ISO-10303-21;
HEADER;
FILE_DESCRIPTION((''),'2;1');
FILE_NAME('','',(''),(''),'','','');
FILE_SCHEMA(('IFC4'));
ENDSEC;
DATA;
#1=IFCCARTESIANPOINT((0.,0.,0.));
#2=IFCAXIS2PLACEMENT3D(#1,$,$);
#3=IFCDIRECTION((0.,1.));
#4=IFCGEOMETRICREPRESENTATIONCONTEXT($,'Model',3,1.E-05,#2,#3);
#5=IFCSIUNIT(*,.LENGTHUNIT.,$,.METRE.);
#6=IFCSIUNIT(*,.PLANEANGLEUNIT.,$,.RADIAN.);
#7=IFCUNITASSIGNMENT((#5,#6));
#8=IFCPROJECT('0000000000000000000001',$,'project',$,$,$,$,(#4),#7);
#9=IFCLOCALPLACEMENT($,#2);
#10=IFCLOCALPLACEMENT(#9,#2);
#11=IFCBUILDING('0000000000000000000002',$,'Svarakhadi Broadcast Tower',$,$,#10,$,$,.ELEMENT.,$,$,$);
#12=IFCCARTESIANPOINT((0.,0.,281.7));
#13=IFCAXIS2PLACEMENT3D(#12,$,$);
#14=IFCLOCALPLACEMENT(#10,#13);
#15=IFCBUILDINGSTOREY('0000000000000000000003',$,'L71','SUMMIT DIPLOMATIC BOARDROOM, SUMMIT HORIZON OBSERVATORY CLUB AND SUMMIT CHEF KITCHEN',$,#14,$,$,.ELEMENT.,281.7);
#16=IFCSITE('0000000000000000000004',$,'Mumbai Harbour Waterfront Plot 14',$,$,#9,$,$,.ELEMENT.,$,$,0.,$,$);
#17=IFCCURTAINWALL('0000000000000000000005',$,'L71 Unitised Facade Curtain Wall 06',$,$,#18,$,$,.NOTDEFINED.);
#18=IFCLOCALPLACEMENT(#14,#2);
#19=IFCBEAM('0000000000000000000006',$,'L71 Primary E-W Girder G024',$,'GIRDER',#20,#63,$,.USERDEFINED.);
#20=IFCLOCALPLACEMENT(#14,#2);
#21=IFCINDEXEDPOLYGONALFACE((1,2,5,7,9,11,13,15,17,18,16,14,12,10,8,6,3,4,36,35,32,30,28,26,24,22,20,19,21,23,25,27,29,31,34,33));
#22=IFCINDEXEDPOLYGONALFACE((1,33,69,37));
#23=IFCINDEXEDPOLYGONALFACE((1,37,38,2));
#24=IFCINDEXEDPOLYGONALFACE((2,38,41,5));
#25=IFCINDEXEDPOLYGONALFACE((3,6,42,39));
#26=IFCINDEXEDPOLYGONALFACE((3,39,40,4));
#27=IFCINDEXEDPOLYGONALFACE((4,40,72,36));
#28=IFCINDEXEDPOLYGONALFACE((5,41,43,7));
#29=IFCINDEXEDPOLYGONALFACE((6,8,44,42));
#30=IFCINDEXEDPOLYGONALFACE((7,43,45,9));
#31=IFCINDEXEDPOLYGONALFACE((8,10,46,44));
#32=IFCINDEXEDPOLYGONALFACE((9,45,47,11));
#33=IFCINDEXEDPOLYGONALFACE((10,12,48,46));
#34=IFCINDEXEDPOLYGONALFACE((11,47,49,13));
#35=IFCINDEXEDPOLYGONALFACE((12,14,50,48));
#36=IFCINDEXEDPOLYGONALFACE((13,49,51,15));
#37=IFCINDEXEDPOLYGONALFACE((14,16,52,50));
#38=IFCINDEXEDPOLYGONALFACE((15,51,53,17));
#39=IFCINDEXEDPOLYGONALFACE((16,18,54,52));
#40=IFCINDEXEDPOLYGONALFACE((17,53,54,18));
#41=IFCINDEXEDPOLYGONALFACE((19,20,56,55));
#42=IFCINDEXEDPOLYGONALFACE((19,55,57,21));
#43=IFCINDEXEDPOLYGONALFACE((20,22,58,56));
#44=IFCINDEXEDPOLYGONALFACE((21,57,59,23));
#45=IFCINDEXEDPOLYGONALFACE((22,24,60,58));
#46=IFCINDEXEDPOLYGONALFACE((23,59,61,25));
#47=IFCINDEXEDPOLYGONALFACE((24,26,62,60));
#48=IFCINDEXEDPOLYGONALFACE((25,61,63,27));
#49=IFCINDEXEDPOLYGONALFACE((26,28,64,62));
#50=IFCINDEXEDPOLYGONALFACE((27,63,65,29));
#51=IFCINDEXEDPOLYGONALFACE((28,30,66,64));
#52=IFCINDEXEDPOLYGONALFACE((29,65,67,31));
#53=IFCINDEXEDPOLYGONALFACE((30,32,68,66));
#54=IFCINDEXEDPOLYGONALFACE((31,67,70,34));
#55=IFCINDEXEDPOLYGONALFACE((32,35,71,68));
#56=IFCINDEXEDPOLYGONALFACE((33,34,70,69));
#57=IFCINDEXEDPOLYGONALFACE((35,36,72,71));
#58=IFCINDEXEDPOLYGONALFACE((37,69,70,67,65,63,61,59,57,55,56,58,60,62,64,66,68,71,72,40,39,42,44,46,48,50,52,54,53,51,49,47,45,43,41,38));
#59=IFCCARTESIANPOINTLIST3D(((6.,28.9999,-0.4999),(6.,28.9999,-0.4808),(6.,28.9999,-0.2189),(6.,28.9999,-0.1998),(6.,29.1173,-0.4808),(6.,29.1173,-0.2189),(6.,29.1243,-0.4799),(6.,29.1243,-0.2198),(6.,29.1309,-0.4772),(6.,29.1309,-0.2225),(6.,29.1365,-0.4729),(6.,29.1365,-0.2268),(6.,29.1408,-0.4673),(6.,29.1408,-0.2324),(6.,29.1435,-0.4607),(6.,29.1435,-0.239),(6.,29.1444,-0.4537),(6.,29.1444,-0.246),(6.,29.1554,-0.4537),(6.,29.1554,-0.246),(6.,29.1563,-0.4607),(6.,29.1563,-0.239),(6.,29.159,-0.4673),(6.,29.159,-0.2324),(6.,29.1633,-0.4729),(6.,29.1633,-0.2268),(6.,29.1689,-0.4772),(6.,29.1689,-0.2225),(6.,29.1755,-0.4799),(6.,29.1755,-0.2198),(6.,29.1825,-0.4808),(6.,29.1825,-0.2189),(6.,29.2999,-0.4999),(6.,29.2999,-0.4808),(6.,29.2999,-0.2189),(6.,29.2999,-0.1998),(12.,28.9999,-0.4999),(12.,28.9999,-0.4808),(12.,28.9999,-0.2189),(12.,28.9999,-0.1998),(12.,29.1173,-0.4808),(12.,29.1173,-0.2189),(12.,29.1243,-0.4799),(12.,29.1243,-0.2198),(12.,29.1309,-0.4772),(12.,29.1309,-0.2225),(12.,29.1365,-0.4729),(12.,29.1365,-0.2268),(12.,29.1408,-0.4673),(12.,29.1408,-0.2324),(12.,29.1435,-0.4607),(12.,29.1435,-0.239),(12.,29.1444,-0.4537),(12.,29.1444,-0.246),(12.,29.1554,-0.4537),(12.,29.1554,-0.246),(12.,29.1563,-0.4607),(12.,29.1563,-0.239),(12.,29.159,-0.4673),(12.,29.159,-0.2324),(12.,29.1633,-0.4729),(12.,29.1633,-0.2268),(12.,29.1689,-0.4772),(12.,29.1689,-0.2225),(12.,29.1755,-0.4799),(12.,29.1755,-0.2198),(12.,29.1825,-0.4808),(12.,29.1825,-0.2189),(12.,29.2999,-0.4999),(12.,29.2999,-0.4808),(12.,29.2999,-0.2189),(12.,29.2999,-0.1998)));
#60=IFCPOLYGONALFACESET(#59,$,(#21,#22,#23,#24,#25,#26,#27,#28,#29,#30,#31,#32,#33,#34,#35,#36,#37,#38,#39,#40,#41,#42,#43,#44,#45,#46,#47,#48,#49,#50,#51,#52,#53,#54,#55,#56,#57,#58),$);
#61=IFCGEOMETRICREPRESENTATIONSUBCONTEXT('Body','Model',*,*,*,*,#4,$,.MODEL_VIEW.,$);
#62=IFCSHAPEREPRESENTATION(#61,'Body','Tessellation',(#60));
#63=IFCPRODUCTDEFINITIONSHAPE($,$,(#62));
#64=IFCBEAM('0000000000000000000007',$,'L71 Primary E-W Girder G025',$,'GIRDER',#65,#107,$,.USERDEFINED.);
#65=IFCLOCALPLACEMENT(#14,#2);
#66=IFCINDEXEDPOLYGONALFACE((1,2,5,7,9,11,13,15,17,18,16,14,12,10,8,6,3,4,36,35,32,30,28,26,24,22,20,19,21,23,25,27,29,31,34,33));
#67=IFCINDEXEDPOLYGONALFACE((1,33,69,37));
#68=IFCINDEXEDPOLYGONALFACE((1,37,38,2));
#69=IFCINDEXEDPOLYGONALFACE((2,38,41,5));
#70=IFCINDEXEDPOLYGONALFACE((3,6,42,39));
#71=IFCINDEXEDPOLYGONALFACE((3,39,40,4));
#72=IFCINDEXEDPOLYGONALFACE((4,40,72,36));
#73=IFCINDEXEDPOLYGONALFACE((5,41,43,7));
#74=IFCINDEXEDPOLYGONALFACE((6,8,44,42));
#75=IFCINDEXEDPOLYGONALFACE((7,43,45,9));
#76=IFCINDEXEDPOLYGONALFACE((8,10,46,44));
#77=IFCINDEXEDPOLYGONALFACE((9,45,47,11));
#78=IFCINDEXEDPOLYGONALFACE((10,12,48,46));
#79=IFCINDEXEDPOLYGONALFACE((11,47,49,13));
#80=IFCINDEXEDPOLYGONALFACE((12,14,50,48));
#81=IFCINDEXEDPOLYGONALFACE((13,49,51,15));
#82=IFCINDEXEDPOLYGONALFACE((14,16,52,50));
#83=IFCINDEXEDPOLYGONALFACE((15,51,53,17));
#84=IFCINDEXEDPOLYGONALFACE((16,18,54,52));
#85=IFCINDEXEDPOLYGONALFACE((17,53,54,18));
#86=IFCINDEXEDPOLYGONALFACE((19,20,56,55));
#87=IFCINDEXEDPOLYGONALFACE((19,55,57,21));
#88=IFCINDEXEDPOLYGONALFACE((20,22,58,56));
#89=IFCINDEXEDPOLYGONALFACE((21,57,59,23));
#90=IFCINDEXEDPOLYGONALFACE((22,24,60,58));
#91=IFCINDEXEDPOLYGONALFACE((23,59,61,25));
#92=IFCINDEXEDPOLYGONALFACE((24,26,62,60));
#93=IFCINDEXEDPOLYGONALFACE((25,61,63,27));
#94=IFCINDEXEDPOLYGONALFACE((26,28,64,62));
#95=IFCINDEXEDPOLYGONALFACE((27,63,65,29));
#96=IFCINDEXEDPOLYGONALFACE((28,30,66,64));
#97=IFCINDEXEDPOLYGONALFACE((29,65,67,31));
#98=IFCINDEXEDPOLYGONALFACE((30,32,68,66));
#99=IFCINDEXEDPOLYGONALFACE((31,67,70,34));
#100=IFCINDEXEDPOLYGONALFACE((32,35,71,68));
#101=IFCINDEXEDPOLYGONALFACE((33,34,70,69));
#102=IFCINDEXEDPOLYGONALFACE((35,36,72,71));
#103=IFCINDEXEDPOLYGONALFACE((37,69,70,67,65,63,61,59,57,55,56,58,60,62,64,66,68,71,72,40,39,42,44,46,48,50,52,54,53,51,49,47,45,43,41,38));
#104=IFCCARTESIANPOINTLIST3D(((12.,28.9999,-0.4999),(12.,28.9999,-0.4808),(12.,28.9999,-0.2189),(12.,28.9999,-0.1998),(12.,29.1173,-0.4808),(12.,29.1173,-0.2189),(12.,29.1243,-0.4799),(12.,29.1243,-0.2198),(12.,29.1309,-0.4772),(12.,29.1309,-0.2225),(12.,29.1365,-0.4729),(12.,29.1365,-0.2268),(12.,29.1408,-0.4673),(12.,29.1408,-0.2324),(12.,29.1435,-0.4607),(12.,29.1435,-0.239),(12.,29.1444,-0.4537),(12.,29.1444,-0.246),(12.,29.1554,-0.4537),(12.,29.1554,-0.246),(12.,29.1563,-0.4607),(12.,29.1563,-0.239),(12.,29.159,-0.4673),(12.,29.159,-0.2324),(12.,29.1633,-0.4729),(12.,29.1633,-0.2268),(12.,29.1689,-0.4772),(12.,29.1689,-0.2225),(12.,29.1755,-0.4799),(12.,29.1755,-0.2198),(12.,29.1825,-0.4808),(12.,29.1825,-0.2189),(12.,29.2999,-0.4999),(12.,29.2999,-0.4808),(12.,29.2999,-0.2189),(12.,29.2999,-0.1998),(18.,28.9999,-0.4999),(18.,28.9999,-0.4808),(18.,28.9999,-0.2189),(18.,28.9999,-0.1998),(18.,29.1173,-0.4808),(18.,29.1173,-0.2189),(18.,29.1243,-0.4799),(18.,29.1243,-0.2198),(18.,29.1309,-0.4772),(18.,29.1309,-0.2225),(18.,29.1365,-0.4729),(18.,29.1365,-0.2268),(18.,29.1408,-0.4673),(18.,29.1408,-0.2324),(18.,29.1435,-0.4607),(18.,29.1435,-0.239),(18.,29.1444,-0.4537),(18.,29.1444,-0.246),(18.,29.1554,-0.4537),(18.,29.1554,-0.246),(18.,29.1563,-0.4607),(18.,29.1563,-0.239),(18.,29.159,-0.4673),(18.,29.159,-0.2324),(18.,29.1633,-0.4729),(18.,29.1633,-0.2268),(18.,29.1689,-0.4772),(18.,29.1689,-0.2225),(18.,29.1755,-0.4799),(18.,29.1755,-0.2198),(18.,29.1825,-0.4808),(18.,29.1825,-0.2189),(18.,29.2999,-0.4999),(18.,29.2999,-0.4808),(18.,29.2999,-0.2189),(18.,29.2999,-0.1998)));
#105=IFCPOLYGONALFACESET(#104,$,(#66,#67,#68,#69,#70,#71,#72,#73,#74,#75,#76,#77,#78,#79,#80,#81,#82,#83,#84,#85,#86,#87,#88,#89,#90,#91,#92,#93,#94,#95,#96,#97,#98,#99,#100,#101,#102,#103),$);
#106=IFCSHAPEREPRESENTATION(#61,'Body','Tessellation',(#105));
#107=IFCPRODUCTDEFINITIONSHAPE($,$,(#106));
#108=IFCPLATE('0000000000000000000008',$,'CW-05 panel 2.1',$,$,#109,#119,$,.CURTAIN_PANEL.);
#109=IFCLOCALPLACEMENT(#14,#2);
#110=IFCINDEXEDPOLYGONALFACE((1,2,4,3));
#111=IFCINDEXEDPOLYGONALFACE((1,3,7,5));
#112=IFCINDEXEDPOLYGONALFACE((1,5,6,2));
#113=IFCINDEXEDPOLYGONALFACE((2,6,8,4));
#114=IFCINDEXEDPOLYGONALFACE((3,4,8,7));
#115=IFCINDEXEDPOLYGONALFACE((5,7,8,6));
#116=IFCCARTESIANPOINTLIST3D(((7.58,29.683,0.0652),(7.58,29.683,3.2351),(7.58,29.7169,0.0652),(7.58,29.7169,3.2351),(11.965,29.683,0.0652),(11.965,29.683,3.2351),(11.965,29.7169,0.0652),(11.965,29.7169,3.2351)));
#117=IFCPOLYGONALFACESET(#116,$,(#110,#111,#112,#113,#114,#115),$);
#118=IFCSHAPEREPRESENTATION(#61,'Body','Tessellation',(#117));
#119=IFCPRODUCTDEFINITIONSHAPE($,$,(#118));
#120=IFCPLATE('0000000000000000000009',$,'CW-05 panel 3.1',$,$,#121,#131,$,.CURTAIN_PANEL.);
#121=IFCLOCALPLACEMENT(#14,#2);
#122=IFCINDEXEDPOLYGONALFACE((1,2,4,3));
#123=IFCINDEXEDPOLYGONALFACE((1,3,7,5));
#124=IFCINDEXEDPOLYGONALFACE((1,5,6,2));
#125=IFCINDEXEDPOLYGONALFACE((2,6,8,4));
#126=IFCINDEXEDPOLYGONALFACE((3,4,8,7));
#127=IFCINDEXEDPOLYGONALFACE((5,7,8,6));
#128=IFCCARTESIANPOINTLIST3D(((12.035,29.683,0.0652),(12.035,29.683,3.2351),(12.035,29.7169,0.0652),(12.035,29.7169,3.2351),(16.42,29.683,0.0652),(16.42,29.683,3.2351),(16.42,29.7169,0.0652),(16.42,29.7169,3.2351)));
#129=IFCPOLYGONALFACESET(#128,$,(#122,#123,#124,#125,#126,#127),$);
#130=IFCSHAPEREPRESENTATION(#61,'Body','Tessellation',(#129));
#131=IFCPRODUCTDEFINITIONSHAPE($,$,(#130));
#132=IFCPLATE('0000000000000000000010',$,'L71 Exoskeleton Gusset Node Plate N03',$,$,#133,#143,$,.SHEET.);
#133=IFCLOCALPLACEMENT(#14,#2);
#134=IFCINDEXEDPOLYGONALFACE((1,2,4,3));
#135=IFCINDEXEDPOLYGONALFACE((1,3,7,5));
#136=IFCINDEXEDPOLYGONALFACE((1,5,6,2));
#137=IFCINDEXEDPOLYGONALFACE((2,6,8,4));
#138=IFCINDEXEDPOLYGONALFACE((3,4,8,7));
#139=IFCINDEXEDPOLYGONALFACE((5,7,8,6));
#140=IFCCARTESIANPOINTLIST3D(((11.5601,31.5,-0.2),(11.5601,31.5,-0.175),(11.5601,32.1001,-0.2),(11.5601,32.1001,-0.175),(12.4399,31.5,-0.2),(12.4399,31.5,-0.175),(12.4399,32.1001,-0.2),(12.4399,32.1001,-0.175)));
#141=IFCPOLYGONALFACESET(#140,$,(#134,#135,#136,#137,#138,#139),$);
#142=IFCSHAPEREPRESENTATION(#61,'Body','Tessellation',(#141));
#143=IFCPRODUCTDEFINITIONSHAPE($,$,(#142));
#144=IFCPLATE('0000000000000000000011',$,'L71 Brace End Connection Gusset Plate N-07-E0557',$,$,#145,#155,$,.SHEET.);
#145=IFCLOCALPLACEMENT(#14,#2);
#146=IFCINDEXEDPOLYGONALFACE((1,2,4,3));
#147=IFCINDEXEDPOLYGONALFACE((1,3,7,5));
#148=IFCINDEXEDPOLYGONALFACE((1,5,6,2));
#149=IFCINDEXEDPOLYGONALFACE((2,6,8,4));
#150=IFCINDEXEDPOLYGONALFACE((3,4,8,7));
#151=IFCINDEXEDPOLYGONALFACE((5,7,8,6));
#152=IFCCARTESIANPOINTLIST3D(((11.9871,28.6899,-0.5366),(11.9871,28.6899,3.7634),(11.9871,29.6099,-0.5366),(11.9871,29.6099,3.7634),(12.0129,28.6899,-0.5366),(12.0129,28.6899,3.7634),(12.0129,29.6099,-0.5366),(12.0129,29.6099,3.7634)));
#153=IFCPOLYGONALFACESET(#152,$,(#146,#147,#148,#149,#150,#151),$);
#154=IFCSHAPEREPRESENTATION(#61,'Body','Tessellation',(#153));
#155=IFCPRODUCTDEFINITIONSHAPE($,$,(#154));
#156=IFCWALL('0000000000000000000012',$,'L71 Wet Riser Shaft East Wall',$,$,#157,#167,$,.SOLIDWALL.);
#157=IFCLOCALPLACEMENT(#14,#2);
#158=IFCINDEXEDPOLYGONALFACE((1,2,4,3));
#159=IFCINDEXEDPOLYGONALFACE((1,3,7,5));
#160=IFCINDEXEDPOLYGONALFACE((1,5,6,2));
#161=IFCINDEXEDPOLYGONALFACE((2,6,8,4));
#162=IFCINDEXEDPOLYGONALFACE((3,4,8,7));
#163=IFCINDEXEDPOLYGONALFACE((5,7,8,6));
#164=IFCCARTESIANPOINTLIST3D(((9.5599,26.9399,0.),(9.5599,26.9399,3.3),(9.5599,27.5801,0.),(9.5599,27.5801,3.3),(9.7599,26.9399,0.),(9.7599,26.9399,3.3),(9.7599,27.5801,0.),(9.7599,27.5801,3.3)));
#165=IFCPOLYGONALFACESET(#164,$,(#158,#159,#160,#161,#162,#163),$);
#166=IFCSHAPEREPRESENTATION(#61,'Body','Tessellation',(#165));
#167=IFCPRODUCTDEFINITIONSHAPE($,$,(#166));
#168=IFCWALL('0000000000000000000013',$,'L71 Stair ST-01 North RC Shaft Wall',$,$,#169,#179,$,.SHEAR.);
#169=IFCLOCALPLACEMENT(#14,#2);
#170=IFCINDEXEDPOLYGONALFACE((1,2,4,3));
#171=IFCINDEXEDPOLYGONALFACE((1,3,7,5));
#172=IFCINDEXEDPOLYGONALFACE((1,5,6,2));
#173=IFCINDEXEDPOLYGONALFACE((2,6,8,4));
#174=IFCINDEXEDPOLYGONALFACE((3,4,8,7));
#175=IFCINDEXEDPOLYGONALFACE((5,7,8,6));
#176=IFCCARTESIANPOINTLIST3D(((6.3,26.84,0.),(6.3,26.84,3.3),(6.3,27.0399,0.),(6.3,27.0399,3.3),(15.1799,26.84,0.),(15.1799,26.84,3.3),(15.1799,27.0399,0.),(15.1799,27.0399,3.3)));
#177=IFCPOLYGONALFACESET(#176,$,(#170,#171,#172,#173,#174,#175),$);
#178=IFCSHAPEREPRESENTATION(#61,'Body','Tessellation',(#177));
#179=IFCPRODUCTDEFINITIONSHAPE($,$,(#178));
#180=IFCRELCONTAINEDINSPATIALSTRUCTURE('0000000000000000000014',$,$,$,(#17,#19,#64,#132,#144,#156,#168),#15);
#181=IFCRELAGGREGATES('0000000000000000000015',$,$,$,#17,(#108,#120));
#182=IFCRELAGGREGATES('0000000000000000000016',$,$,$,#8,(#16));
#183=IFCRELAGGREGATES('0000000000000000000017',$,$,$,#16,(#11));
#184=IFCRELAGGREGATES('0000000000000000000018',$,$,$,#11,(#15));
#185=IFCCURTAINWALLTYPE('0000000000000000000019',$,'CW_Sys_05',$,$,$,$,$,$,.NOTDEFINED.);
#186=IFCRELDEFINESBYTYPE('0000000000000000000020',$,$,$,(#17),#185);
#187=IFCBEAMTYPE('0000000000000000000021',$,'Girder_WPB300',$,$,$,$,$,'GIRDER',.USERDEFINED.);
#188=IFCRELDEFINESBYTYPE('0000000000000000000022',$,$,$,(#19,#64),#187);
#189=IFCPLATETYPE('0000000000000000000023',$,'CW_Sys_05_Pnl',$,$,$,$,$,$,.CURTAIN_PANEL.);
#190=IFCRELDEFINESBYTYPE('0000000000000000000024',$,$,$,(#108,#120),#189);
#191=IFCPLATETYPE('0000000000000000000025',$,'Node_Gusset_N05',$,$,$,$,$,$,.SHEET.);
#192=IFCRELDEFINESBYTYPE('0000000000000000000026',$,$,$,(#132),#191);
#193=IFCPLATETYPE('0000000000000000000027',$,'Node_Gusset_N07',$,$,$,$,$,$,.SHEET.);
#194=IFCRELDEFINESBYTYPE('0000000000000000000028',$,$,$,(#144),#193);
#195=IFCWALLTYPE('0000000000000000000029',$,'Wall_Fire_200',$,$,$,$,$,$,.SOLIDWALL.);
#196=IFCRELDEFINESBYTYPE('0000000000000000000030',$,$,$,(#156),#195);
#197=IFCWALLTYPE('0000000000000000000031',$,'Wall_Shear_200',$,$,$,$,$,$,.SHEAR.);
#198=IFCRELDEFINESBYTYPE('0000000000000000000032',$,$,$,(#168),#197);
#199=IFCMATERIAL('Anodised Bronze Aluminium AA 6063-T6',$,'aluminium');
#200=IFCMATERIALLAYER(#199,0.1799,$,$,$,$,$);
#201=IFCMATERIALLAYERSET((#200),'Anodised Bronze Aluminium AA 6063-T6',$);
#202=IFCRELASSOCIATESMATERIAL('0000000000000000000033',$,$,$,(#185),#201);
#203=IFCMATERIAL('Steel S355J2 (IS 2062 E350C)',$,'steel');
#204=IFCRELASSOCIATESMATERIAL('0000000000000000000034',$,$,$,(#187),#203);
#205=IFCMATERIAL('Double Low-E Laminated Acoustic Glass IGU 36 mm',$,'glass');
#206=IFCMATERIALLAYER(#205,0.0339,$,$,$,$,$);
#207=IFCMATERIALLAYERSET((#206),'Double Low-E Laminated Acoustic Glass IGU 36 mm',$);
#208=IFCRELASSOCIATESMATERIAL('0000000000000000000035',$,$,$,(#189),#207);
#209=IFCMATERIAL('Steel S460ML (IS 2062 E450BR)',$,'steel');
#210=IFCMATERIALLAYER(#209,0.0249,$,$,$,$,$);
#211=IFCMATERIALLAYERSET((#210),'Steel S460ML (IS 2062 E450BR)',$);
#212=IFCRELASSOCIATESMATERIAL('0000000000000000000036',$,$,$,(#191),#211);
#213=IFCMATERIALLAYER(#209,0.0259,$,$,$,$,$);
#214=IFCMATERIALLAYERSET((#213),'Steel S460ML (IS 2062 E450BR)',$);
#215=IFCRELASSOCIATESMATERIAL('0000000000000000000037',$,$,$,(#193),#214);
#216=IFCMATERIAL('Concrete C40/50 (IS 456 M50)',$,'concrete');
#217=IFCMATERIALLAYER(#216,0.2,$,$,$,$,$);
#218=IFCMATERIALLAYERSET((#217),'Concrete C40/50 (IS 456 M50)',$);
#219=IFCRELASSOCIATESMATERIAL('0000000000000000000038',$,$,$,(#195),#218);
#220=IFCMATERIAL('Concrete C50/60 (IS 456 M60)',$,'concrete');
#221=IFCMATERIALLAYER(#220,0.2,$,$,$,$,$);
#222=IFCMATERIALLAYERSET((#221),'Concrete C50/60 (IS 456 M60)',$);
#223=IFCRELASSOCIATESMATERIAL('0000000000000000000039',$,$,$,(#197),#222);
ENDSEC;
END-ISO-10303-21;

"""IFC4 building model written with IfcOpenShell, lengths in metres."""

from ifc_helpers import new_model, si_unit, direction, frame, frame_2d, origin, origin_2d, place, context, subcontext, project, spatial, rectangle, i_section, extrude, material, layer, layer_set, material_profile, profile_set, type_object, element, aggregate, save


model = new_model("IFC4")

# Units and contexts
model_context = context("Model", 3, precision=1e-05, world=origin(), true_north=direction((0.0, 1.0)))
body_context = subcontext(model_context, "Body", "Model", "MODEL_VIEW")
ifc_project = project(units=[si_unit("LENGTHUNIT", "METRE"), si_unit("PLANEANGLEUNIT", "RADIAN")], contexts=[model_context])

# Site, building, storey
site_placement = place(None, origin())
site = spatial("IfcSite", under=ifc_project, at=site_placement, Name="Mumbai Harbour Waterfront Plot 14", CompositionType="ELEMENT", RefElevation=0.0)
building_placement = place(site_placement, origin())
building = spatial("IfcBuilding", under=site, at=building_placement, Name="Svarakhadi Broadcast Tower", CompositionType="ELEMENT")
storey_placement = place(building_placement, frame((0.0, 0.0, 281.7)))
storey = spatial("IfcBuildingStorey", under=building, at=storey_placement, Name="L71", Description="SUMMIT DIPLOMATIC BOARDROOM, SUMMIT HORIZON OBSERVATORY CLUB AND SUMMIT CHEF KITCHEN", CompositionType="ELEMENT", Elevation=281.7)

# Shared definitions
ifc_material_1 = material(Name="Steel S460ML (IS 2062 E450BR)", Category="steel")

# Curtain wall
ifc_material_2 = material(Name="Anodised Bronze Aluminium AA 6063-T6", Category="aluminium")
ifc_layer_1 = layer(ifc_material_2, 0.1799)
ifc_layer_set_1 = layer_set([ifc_layer_1], Name="Anodised Bronze Aluminium AA 6063-T6")
curtain_wall_type = type_object("IfcCurtainWallType", Name="CW_Sys_05", PredefinedType="NOTDEFINED", material=ifc_layer_set_1)
curtain_wall_placement = place(storey_placement, origin())
curtain_wall = element("IfcCurtainWall", 1, at=curtain_wall_placement, inside=storey, type_object=curtain_wall_type, Name="L71 Unitised Facade Curtain Wall 06", PredefinedType="NOTDEFINED")

# Beams
ifc_material_3 = material(Name="Steel S355J2 (IS 2062 E350C)", Category="steel")
ifc_material_profile_1 = material_profile(ifc_material_3, i_section(OverallWidth=0.3, OverallDepth=0.3, WebThickness=0.011, FlangeThickness=0.019, FilletRadius=0.0271, at=origin_2d()), Name="WPB 300x300x117")
ifc_profile_set_1 = profile_set([ifc_material_profile_1], Name="Steel S355J2 (IS 2062 E350C)")
beam_type = type_object("IfcBeamType", Name="Girder_WPB300", ElementType="GIRDER", PredefinedType="USERDEFINED", material=ifc_profile_set_1)
for number, where, z_axis, x_axis, name in (
    (2, (6.0, 29.1499, -0.3499), (1.0, 0.0, 0.0), (0.0, 1.0, 0.0), "L71 Primary E-W Girder G024"),
    (3, (12.0, 29.1499, -0.3499), (1.0, 0.0, 0.0), (0.0, 1.0, 0.0), "L71 Primary E-W Girder G025"),
):
    element("IfcBeam", number, at=place(storey_placement, frame(where, z_axis=z_axis, x_axis=x_axis)), inside=storey, type_object=beam_type, Name=name, ObjectType="GIRDER", PredefinedType="USERDEFINED", context=body_context, shape_type="SweptSolid", body=[
        extrude(i_section(OverallWidth=0.3, OverallDepth=0.3, WebThickness=0.011, FlangeThickness=0.019, FilletRadius=0.0271, at=origin_2d()), origin(), (0.0, 0.0, 1.0), 6.0),
    ])

# Plates
ifc_material_4 = material(Name="Double Low-E Laminated Acoustic Glass IGU 36 mm", Category="glass")
ifc_layer_2 = layer(ifc_material_4, 0.0339)
ifc_layer_set_2 = layer_set([ifc_layer_2], Name="Double Low-E Laminated Acoustic Glass IGU 36 mm")
plate_type_1 = type_object("IfcPlateType", Name="CW_Sys_05_Pnl", PredefinedType="CURTAIN_PANEL", material=ifc_layer_set_2)
plate_1_placement = place(storey_placement, frame((9.7725, 29.7, 0.0652), z_axis=(0.0, 0.0, 1.0), x_axis=(1.0, 0.0, 0.0)))
plate_1 = element("IfcPlate", 4, at=plate_1_placement, type_object=plate_type_1, Name="CW-05 panel 2.1", PredefinedType="CURTAIN_PANEL", context=body_context, shape_type="SweptSolid", body=[
    extrude(rectangle(XDim=4.385, YDim=0.0339, at=origin_2d()), origin(), (0.0, 0.0, 1.0), 3.1699),
])
plate_2_placement = place(storey_placement, frame((14.2275, 29.7, 0.0652), z_axis=(0.0, 0.0, 1.0), x_axis=(1.0, 0.0, 0.0)))
plate_2 = element("IfcPlate", 5, at=plate_2_placement, type_object=plate_type_1, Name="CW-05 panel 3.1", PredefinedType="CURTAIN_PANEL", context=body_context, shape_type="SweptSolid", body=[
    extrude(rectangle(XDim=4.385, YDim=0.0339, at=origin_2d()), origin(), (0.0, 0.0, 1.0), 3.1699),
])
aggregate(curtain_wall, [plate_1, plate_2])

# Plates
ifc_layer_3 = layer(ifc_material_1, 0.0249)
ifc_layer_set_3 = layer_set([ifc_layer_3], Name="Steel S460ML (IS 2062 E450BR)")
plate_type_2 = type_object("IfcPlateType", Name="Node_Gusset_N05", PredefinedType="SHEET", material=ifc_layer_set_3)
plate_3_placement = place(storey_placement, frame((12.0, 31.8, -0.2), z_axis=(0.0, 0.0, 1.0), x_axis=(1.0, 0.0, 0.0)))
element("IfcPlate", 6, at=plate_3_placement, inside=storey, type_object=plate_type_2, Name="L71 Exoskeleton Gusset Node Plate N03", PredefinedType="SHEET", context=body_context, shape_type="SweptSolid", body=[
    extrude(rectangle(XDim=0.8799, YDim=0.6001, at=origin_2d()), origin(), (0.0, 0.0, 1.0), 0.0249),
])
ifc_layer_4 = layer(ifc_material_1, 0.0259)
ifc_layer_set_4 = layer_set([ifc_layer_4], Name="Steel S460ML (IS 2062 E450BR)")
plate_type_3 = type_object("IfcPlateType", Name="Node_Gusset_N07", PredefinedType="SHEET", material=ifc_layer_set_4)
plate_4_placement = place(storey_placement, frame((12.0, 29.1499, -0.5366), z_axis=(0.0, 0.0, 1.0), x_axis=(0.0, 1.0, 0.0)))
element("IfcPlate", 7, at=plate_4_placement, inside=storey, type_object=plate_type_3, Name="L71 Brace End Connection Gusset Plate N-07-E0557", PredefinedType="SHEET", context=body_context, shape_type="SweptSolid", body=[
    extrude(rectangle(XDim=0.9199, YDim=0.0259, at=origin_2d()), origin(), (0.0, 0.0, 1.0), 4.3),
])

# Walls
ifc_material_5 = material(Name="Concrete C40/50 (IS 456 M50)", Category="concrete")
ifc_layer_5 = layer(ifc_material_5, 0.2)
ifc_layer_set_5 = layer_set([ifc_layer_5], Name="Concrete C40/50 (IS 456 M50)")
wall_type_1 = type_object("IfcWallType", Name="Wall_Fire_200", PredefinedType="SOLIDWALL", material=ifc_layer_set_5)
wall_1_placement = place(storey_placement, frame((9.6599, 26.9399, 0.0), z_axis=(0.0, 0.0, 1.0), x_axis=(0.0, 1.0, 0.0)))
element("IfcWall", 8, at=wall_1_placement, inside=storey, type_object=wall_type_1, Name="L71 Wet Riser Shaft East Wall", PredefinedType="SOLIDWALL", context=body_context, shape_type="SweptSolid", body=[
    extrude(rectangle(XDim=0.6401, YDim=0.2, at=frame_2d((0.3201, 0.0))), origin(), (0.0, 0.0, 1.0), 3.3),
])
ifc_material_6 = material(Name="Concrete C50/60 (IS 456 M60)", Category="concrete")
ifc_layer_6 = layer(ifc_material_6, 0.2)
ifc_layer_set_6 = layer_set([ifc_layer_6], Name="Concrete C50/60 (IS 456 M60)")
wall_type_2 = type_object("IfcWallType", Name="Wall_Shear_200", PredefinedType="SHEAR", material=ifc_layer_set_6)
wall_2_placement = place(storey_placement, frame((6.3, 26.9399, 0.0), z_axis=(0.0, 0.0, 1.0), x_axis=(1.0, 0.0, 0.0)))
element("IfcWall", 9, at=wall_2_placement, inside=storey, type_object=wall_type_2, Name="L71 Stair ST-01 North RC Shaft Wall", PredefinedType="SHEAR", context=body_context, shape_type="SweptSolid", body=[
    extrude(rectangle(XDim=8.8799, YDim=0.2, at=frame_2d((4.4399, 0.0))), origin(), (0.0, 0.0, 1.0), 3.3),
])

save(model, "model.ifc")
